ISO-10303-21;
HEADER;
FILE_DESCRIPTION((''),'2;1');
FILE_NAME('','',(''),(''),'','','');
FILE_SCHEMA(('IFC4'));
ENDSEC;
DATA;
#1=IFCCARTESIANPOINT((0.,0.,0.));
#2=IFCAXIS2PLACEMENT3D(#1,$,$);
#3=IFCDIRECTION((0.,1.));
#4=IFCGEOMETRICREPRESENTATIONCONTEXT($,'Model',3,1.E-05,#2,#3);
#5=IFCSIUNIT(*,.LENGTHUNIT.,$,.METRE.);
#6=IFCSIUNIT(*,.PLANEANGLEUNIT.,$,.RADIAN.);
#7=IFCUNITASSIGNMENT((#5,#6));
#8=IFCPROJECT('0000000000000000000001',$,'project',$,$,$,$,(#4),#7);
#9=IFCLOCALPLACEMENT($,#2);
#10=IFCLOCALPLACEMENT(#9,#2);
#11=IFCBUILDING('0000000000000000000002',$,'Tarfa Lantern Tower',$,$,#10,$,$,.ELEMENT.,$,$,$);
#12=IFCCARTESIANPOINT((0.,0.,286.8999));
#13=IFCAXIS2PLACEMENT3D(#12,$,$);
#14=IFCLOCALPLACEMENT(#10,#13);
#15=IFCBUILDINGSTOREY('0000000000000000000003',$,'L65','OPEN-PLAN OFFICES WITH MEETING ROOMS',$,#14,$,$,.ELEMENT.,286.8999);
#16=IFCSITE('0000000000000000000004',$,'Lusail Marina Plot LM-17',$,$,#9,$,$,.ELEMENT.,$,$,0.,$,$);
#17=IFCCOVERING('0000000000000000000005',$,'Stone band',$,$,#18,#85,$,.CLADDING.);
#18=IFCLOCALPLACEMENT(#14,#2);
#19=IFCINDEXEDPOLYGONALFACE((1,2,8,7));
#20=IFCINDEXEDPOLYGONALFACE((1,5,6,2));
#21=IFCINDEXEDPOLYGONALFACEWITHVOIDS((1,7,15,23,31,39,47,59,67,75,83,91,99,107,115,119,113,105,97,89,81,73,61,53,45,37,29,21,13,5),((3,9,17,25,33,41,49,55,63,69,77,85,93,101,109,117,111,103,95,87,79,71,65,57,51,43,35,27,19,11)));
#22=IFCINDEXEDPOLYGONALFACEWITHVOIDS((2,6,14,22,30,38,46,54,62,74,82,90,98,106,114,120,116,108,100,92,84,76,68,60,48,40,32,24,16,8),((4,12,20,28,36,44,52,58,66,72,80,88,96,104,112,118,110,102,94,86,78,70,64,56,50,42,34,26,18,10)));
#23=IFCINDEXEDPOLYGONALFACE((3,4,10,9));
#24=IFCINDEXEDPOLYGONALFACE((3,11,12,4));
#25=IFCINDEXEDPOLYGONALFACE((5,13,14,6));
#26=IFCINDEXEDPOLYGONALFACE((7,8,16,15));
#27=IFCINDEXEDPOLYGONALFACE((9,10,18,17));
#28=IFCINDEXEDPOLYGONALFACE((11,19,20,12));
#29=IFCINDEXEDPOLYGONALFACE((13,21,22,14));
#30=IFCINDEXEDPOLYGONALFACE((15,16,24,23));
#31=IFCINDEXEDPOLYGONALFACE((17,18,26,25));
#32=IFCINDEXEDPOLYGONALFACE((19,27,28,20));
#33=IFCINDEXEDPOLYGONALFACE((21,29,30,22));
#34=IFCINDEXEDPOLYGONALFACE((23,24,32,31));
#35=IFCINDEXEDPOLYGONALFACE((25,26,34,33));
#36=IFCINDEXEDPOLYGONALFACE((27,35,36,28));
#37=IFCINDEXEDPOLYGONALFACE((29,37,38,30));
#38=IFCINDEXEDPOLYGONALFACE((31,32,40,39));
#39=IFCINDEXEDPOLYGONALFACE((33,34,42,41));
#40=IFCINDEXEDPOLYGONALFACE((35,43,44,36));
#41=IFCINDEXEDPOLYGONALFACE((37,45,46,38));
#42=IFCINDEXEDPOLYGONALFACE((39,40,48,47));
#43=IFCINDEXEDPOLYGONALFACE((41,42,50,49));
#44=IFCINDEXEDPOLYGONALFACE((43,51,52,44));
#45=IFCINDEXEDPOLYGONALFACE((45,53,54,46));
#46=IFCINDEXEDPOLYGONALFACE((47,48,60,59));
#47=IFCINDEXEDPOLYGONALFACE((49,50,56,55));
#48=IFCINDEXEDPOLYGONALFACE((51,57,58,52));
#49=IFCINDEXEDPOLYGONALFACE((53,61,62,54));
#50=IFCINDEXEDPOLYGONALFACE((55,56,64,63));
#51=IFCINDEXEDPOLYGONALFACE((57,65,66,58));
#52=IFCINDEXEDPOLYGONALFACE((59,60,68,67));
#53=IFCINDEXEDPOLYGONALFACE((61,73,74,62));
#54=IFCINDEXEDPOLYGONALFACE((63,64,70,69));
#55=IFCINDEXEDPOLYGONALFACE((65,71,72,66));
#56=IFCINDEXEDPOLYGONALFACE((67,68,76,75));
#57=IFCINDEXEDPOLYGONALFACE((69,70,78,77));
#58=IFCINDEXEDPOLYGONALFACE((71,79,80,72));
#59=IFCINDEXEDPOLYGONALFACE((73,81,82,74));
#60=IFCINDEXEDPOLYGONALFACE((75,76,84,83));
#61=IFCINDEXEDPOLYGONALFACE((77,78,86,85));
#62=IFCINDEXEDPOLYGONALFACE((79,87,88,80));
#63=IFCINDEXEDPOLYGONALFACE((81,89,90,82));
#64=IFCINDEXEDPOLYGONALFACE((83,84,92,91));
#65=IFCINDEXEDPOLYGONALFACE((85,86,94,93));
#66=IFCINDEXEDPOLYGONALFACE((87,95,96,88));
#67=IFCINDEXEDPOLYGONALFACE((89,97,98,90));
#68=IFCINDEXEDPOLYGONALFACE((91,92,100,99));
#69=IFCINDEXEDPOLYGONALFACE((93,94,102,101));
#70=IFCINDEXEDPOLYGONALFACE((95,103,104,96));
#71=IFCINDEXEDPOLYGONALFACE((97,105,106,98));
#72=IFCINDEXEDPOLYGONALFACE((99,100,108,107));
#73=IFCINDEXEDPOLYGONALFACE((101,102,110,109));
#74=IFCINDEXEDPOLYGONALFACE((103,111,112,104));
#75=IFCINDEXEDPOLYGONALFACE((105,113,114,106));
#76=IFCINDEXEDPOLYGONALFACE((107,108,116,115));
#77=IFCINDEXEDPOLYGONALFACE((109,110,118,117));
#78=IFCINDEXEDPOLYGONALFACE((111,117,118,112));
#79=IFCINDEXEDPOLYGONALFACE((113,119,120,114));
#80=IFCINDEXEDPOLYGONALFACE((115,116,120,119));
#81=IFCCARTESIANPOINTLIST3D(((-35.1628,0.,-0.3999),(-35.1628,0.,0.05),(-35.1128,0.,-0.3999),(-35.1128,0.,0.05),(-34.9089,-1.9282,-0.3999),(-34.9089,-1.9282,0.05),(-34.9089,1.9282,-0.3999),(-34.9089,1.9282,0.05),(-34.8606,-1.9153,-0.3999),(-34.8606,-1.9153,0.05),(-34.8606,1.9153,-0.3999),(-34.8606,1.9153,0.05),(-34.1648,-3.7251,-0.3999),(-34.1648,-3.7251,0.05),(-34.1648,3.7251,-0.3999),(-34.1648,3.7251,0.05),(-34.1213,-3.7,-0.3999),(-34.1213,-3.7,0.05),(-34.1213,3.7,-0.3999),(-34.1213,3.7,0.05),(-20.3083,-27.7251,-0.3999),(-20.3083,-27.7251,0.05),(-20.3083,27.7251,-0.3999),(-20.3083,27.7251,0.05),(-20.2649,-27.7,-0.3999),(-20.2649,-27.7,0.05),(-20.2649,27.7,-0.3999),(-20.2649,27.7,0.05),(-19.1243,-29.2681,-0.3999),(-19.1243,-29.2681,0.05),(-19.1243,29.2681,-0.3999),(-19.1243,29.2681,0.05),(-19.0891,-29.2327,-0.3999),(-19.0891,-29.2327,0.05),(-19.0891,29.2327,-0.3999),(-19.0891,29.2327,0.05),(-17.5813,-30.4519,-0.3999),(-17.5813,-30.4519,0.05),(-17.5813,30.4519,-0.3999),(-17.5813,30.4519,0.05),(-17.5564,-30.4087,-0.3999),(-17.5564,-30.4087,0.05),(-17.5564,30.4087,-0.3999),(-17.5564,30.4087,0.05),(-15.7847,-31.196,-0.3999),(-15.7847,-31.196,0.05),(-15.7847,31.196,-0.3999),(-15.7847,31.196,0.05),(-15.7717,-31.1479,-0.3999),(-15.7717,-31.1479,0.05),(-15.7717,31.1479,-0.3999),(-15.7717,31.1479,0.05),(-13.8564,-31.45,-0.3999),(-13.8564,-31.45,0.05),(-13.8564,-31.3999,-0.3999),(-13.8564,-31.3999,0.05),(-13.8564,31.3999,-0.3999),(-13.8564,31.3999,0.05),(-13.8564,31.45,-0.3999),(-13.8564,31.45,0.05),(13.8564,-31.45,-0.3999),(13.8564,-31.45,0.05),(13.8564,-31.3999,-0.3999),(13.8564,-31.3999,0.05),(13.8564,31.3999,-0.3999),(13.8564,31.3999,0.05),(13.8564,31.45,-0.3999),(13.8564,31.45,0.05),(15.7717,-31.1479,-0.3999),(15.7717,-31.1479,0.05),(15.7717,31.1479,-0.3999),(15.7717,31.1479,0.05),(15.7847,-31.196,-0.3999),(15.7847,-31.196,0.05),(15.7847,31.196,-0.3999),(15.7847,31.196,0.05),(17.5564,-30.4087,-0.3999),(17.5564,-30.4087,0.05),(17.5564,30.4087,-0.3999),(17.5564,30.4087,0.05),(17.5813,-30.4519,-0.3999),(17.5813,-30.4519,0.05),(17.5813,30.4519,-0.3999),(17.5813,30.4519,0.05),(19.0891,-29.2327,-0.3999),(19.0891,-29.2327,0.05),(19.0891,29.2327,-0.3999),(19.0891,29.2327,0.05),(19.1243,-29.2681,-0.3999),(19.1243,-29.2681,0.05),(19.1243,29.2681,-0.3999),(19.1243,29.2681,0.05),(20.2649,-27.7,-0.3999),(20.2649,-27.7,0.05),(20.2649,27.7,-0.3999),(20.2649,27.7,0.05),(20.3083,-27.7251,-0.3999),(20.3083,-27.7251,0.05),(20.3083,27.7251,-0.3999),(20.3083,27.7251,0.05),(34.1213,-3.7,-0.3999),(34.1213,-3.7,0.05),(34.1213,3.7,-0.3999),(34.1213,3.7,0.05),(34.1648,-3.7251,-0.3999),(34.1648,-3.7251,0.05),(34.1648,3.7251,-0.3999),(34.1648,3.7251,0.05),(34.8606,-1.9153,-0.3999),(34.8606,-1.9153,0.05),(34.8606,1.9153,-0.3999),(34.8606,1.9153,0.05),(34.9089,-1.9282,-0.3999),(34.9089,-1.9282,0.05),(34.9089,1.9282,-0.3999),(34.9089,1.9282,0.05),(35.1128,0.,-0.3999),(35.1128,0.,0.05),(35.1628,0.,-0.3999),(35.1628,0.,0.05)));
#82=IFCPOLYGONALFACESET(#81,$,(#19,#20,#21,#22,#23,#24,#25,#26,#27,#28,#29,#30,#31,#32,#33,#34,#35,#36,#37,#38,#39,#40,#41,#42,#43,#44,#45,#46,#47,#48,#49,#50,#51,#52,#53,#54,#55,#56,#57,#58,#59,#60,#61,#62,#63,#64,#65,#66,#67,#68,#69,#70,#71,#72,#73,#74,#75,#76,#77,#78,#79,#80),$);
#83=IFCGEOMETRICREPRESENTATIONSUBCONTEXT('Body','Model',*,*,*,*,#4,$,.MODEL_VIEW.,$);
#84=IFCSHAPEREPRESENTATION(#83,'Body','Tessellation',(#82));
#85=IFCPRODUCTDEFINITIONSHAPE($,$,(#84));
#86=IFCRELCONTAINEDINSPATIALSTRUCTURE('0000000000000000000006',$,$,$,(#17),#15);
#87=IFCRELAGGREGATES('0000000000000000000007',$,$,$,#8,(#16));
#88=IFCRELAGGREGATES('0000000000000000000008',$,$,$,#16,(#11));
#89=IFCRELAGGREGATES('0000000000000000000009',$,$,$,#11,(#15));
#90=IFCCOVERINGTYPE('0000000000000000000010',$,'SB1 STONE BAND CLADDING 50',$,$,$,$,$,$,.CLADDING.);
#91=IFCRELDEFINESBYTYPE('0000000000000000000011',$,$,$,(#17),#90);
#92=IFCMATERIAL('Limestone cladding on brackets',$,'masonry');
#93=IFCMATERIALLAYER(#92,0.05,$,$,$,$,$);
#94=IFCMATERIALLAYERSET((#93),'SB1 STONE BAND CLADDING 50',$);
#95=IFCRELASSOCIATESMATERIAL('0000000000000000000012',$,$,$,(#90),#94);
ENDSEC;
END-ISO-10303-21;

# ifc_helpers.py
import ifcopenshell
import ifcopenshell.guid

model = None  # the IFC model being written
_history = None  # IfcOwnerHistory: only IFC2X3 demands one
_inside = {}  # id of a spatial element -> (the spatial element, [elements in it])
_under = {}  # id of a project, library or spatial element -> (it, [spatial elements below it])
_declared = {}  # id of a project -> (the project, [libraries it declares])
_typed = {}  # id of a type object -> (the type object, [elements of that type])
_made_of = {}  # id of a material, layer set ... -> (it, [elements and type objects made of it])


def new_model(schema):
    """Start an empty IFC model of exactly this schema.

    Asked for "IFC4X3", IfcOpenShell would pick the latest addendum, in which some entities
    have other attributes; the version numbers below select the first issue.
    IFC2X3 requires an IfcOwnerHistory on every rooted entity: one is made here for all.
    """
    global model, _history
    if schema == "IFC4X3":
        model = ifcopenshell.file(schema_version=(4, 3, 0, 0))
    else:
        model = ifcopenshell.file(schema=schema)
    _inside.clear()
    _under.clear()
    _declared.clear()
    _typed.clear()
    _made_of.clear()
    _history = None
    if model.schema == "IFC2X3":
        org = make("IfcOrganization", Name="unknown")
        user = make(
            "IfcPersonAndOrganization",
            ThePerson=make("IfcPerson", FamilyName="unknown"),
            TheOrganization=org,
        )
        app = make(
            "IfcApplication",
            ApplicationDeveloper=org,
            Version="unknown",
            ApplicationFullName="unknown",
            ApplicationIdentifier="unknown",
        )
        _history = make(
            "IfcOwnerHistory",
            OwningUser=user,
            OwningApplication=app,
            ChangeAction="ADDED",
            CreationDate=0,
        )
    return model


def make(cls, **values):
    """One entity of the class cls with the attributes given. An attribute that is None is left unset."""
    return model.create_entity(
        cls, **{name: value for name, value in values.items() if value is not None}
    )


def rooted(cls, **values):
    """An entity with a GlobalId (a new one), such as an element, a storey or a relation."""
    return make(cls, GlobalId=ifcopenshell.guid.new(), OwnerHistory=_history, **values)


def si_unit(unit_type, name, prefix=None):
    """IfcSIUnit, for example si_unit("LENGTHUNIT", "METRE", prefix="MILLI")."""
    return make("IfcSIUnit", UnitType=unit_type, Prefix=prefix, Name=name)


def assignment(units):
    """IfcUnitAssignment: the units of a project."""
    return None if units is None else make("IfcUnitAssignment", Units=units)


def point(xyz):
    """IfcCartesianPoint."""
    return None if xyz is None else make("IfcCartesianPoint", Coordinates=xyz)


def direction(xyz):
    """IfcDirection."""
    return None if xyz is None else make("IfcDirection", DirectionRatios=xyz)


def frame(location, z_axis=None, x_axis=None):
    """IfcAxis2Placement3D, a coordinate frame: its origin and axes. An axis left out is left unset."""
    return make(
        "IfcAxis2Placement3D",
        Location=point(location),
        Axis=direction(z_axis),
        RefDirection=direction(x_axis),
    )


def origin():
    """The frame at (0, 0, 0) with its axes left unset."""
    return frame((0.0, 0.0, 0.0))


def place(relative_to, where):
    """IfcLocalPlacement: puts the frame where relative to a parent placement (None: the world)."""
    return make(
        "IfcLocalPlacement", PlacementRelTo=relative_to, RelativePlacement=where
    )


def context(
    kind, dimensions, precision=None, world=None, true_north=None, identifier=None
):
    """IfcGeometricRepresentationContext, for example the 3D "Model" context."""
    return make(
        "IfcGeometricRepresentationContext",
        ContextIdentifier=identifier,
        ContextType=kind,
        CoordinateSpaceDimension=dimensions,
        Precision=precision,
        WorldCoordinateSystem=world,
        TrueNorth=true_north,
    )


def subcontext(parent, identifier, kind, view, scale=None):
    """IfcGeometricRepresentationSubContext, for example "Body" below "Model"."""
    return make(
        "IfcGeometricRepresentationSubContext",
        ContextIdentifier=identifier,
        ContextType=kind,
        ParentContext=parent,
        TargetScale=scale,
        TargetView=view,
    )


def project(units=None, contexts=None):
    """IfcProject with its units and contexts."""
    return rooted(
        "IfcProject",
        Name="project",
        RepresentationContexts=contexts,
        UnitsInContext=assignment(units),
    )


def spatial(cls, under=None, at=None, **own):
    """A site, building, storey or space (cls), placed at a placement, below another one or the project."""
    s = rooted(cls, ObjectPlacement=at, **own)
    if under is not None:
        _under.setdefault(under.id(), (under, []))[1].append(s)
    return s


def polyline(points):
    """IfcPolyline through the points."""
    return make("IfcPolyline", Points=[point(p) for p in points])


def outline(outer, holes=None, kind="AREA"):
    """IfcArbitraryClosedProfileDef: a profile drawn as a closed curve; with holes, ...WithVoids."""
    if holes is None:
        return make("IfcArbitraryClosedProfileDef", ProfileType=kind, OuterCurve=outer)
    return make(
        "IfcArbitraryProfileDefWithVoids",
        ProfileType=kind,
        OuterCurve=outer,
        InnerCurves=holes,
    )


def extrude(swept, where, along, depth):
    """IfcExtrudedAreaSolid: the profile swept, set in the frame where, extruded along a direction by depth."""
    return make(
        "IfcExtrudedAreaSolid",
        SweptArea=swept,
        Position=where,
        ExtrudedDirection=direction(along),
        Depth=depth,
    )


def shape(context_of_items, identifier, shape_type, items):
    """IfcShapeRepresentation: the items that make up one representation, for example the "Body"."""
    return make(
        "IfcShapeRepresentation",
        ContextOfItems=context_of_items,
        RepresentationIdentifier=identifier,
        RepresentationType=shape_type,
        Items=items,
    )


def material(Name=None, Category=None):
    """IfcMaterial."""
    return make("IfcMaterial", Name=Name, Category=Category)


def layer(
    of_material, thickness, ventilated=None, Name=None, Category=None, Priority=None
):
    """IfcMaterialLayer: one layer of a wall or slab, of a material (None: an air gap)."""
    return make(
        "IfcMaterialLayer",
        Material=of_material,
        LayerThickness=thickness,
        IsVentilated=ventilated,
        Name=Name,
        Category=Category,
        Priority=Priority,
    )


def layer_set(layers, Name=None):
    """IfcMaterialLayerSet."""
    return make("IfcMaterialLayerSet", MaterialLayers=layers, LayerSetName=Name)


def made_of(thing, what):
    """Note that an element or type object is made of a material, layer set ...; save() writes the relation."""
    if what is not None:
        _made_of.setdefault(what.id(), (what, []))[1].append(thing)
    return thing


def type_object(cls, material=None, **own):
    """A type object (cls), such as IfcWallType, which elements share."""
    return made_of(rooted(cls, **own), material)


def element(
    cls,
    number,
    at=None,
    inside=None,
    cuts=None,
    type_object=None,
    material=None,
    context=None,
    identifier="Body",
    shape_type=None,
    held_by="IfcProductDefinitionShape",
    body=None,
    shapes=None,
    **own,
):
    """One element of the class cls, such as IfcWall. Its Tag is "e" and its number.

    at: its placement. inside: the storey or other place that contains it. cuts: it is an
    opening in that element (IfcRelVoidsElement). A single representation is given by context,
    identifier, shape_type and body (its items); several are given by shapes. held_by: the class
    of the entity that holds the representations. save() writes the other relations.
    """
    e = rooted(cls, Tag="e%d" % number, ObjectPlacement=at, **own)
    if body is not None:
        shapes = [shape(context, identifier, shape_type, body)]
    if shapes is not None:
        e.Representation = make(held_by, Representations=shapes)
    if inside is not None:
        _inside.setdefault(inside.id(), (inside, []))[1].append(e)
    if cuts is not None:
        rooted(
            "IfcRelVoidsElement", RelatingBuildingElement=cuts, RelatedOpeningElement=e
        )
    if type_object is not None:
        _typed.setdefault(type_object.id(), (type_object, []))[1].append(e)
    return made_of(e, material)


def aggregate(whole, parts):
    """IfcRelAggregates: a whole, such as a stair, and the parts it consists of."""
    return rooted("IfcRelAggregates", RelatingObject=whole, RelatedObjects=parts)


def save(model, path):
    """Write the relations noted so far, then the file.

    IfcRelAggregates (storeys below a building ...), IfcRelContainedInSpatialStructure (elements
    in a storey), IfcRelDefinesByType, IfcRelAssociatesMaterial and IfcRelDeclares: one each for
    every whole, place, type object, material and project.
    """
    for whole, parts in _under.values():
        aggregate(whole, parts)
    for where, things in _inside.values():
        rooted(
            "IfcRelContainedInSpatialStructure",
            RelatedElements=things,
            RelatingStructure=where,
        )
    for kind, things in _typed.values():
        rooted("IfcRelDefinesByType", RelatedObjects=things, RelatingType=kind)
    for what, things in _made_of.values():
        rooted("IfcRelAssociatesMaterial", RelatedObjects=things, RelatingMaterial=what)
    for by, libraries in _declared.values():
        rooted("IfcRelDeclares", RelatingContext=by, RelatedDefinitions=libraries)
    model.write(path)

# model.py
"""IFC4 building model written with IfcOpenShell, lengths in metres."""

from ifc_helpers import new_model, si_unit, direction, frame, origin, place, context, subcontext, project, spatial, polyline, outline, extrude, material, layer, layer_set, type_object, element, save


model = new_model("IFC4")

# Units and contexts
model_context = context("Model", 3, precision=1e-05, world=origin(), true_north=direction((0.0, 1.0)))
body_context = subcontext(model_context, "Body", "Model", "MODEL_VIEW")
ifc_project = project(units=[si_unit("LENGTHUNIT", "METRE"), si_unit("PLANEANGLEUNIT", "RADIAN")], contexts=[model_context])

# Site, building, storey
site_placement = place(None, origin())
site = spatial("IfcSite", under=ifc_project, at=site_placement, Name="Lusail Marina Plot LM-17", CompositionType="ELEMENT", RefElevation=0.0)
building_placement = place(site_placement, origin())
building = spatial("IfcBuilding", under=site, at=building_placement, Name="Tarfa Lantern Tower", CompositionType="ELEMENT")
storey_placement = place(building_placement, frame((0.0, 0.0, 286.8999)))
storey = spatial("IfcBuildingStorey", under=building, at=storey_placement, Name="L65", Description="OPEN-PLAN OFFICES WITH MEETING ROOMS", CompositionType="ELEMENT", Elevation=286.8999)

# Covering
ifc_material_1 = material(Name="Limestone cladding on brackets", Category="masonry")
ifc_layer_1 = layer(ifc_material_1, 0.05)
ifc_layer_set_1 = layer_set([ifc_layer_1], Name="SB1 STONE BAND CLADDING 50")
covering_type_1 = type_object("IfcCoveringType", Name="SB1 STONE BAND CLADDING 50", PredefinedType="CLADDING", material=ifc_layer_set_1)
covering_1_placement = place(storey_placement, frame((0.0, 0.0, -0.3999)))
element("IfcCovering", 1, at=covering_1_placement, inside=storey, type_object=covering_type_1, Name="Stone band", PredefinedType="CLADDING", context=body_context, shape_type="SweptSolid", body=[
    extrude(outline(polyline([(34.1648, 3.7251), (20.3083, 27.7251), (19.1243, 29.2681), (17.5813, 30.4519), (15.7847, 31.196), (13.8564, 31.45), (-13.8564, 31.45), (-15.7847, 31.196), (-17.5813, 30.4519), (-19.1243, 29.2681), (-20.3083, 27.7251), (-34.1648, 3.7251), (-34.9089, 1.9282), (-35.1628, 0.0), (-34.9089, -1.9282), (-34.1648, -3.7251), (-20.3083, -27.7251), (-19.1243, -29.2681), (-17.5813, -30.4519), (-15.7847, -31.196), (-13.8564, -31.45), (13.8564, -31.45), (15.7847, -31.196), (17.5813, -30.4519), (19.1243, -29.2681), (20.3083, -27.7251), (34.1648, -3.7251), (34.9089, -1.9282), (35.1628, 0.0), (34.9089, 1.9282), (34.1648, 3.7251)]), holes=[polyline([(34.1213, 3.7), (20.2649, 27.7), (19.0891, 29.2327), (17.5564, 30.4087), (15.7717, 31.1479), (13.8564, 31.3999), (-13.8564, 31.3999), (-15.7717, 31.1479), (-17.5564, 30.4087), (-19.0891, 29.2327), (-20.2649, 27.7), (-34.1213, 3.7), (-34.8606, 1.9153), (-35.1128, 0.0), (-34.8606, -1.9153), (-34.1213, -3.7), (-20.2649, -27.7), (-19.0891, -29.2327), (-17.5564, -30.4087), (-15.7717, -31.1479), (-13.8564, -31.3999), (13.8564, -31.3999), (15.7717, -31.1479), (17.5564, -30.4087), (19.0891, -29.2327), (20.2649, -27.7), (34.1213, -3.7), (34.8606, -1.9153), (35.1128, 0.0), (34.8606, 1.9153), (34.1213, 3.7)])]), origin(), (0.0, 0.0, 1.0), 0.45),
])

save(model, "model.ifc")
